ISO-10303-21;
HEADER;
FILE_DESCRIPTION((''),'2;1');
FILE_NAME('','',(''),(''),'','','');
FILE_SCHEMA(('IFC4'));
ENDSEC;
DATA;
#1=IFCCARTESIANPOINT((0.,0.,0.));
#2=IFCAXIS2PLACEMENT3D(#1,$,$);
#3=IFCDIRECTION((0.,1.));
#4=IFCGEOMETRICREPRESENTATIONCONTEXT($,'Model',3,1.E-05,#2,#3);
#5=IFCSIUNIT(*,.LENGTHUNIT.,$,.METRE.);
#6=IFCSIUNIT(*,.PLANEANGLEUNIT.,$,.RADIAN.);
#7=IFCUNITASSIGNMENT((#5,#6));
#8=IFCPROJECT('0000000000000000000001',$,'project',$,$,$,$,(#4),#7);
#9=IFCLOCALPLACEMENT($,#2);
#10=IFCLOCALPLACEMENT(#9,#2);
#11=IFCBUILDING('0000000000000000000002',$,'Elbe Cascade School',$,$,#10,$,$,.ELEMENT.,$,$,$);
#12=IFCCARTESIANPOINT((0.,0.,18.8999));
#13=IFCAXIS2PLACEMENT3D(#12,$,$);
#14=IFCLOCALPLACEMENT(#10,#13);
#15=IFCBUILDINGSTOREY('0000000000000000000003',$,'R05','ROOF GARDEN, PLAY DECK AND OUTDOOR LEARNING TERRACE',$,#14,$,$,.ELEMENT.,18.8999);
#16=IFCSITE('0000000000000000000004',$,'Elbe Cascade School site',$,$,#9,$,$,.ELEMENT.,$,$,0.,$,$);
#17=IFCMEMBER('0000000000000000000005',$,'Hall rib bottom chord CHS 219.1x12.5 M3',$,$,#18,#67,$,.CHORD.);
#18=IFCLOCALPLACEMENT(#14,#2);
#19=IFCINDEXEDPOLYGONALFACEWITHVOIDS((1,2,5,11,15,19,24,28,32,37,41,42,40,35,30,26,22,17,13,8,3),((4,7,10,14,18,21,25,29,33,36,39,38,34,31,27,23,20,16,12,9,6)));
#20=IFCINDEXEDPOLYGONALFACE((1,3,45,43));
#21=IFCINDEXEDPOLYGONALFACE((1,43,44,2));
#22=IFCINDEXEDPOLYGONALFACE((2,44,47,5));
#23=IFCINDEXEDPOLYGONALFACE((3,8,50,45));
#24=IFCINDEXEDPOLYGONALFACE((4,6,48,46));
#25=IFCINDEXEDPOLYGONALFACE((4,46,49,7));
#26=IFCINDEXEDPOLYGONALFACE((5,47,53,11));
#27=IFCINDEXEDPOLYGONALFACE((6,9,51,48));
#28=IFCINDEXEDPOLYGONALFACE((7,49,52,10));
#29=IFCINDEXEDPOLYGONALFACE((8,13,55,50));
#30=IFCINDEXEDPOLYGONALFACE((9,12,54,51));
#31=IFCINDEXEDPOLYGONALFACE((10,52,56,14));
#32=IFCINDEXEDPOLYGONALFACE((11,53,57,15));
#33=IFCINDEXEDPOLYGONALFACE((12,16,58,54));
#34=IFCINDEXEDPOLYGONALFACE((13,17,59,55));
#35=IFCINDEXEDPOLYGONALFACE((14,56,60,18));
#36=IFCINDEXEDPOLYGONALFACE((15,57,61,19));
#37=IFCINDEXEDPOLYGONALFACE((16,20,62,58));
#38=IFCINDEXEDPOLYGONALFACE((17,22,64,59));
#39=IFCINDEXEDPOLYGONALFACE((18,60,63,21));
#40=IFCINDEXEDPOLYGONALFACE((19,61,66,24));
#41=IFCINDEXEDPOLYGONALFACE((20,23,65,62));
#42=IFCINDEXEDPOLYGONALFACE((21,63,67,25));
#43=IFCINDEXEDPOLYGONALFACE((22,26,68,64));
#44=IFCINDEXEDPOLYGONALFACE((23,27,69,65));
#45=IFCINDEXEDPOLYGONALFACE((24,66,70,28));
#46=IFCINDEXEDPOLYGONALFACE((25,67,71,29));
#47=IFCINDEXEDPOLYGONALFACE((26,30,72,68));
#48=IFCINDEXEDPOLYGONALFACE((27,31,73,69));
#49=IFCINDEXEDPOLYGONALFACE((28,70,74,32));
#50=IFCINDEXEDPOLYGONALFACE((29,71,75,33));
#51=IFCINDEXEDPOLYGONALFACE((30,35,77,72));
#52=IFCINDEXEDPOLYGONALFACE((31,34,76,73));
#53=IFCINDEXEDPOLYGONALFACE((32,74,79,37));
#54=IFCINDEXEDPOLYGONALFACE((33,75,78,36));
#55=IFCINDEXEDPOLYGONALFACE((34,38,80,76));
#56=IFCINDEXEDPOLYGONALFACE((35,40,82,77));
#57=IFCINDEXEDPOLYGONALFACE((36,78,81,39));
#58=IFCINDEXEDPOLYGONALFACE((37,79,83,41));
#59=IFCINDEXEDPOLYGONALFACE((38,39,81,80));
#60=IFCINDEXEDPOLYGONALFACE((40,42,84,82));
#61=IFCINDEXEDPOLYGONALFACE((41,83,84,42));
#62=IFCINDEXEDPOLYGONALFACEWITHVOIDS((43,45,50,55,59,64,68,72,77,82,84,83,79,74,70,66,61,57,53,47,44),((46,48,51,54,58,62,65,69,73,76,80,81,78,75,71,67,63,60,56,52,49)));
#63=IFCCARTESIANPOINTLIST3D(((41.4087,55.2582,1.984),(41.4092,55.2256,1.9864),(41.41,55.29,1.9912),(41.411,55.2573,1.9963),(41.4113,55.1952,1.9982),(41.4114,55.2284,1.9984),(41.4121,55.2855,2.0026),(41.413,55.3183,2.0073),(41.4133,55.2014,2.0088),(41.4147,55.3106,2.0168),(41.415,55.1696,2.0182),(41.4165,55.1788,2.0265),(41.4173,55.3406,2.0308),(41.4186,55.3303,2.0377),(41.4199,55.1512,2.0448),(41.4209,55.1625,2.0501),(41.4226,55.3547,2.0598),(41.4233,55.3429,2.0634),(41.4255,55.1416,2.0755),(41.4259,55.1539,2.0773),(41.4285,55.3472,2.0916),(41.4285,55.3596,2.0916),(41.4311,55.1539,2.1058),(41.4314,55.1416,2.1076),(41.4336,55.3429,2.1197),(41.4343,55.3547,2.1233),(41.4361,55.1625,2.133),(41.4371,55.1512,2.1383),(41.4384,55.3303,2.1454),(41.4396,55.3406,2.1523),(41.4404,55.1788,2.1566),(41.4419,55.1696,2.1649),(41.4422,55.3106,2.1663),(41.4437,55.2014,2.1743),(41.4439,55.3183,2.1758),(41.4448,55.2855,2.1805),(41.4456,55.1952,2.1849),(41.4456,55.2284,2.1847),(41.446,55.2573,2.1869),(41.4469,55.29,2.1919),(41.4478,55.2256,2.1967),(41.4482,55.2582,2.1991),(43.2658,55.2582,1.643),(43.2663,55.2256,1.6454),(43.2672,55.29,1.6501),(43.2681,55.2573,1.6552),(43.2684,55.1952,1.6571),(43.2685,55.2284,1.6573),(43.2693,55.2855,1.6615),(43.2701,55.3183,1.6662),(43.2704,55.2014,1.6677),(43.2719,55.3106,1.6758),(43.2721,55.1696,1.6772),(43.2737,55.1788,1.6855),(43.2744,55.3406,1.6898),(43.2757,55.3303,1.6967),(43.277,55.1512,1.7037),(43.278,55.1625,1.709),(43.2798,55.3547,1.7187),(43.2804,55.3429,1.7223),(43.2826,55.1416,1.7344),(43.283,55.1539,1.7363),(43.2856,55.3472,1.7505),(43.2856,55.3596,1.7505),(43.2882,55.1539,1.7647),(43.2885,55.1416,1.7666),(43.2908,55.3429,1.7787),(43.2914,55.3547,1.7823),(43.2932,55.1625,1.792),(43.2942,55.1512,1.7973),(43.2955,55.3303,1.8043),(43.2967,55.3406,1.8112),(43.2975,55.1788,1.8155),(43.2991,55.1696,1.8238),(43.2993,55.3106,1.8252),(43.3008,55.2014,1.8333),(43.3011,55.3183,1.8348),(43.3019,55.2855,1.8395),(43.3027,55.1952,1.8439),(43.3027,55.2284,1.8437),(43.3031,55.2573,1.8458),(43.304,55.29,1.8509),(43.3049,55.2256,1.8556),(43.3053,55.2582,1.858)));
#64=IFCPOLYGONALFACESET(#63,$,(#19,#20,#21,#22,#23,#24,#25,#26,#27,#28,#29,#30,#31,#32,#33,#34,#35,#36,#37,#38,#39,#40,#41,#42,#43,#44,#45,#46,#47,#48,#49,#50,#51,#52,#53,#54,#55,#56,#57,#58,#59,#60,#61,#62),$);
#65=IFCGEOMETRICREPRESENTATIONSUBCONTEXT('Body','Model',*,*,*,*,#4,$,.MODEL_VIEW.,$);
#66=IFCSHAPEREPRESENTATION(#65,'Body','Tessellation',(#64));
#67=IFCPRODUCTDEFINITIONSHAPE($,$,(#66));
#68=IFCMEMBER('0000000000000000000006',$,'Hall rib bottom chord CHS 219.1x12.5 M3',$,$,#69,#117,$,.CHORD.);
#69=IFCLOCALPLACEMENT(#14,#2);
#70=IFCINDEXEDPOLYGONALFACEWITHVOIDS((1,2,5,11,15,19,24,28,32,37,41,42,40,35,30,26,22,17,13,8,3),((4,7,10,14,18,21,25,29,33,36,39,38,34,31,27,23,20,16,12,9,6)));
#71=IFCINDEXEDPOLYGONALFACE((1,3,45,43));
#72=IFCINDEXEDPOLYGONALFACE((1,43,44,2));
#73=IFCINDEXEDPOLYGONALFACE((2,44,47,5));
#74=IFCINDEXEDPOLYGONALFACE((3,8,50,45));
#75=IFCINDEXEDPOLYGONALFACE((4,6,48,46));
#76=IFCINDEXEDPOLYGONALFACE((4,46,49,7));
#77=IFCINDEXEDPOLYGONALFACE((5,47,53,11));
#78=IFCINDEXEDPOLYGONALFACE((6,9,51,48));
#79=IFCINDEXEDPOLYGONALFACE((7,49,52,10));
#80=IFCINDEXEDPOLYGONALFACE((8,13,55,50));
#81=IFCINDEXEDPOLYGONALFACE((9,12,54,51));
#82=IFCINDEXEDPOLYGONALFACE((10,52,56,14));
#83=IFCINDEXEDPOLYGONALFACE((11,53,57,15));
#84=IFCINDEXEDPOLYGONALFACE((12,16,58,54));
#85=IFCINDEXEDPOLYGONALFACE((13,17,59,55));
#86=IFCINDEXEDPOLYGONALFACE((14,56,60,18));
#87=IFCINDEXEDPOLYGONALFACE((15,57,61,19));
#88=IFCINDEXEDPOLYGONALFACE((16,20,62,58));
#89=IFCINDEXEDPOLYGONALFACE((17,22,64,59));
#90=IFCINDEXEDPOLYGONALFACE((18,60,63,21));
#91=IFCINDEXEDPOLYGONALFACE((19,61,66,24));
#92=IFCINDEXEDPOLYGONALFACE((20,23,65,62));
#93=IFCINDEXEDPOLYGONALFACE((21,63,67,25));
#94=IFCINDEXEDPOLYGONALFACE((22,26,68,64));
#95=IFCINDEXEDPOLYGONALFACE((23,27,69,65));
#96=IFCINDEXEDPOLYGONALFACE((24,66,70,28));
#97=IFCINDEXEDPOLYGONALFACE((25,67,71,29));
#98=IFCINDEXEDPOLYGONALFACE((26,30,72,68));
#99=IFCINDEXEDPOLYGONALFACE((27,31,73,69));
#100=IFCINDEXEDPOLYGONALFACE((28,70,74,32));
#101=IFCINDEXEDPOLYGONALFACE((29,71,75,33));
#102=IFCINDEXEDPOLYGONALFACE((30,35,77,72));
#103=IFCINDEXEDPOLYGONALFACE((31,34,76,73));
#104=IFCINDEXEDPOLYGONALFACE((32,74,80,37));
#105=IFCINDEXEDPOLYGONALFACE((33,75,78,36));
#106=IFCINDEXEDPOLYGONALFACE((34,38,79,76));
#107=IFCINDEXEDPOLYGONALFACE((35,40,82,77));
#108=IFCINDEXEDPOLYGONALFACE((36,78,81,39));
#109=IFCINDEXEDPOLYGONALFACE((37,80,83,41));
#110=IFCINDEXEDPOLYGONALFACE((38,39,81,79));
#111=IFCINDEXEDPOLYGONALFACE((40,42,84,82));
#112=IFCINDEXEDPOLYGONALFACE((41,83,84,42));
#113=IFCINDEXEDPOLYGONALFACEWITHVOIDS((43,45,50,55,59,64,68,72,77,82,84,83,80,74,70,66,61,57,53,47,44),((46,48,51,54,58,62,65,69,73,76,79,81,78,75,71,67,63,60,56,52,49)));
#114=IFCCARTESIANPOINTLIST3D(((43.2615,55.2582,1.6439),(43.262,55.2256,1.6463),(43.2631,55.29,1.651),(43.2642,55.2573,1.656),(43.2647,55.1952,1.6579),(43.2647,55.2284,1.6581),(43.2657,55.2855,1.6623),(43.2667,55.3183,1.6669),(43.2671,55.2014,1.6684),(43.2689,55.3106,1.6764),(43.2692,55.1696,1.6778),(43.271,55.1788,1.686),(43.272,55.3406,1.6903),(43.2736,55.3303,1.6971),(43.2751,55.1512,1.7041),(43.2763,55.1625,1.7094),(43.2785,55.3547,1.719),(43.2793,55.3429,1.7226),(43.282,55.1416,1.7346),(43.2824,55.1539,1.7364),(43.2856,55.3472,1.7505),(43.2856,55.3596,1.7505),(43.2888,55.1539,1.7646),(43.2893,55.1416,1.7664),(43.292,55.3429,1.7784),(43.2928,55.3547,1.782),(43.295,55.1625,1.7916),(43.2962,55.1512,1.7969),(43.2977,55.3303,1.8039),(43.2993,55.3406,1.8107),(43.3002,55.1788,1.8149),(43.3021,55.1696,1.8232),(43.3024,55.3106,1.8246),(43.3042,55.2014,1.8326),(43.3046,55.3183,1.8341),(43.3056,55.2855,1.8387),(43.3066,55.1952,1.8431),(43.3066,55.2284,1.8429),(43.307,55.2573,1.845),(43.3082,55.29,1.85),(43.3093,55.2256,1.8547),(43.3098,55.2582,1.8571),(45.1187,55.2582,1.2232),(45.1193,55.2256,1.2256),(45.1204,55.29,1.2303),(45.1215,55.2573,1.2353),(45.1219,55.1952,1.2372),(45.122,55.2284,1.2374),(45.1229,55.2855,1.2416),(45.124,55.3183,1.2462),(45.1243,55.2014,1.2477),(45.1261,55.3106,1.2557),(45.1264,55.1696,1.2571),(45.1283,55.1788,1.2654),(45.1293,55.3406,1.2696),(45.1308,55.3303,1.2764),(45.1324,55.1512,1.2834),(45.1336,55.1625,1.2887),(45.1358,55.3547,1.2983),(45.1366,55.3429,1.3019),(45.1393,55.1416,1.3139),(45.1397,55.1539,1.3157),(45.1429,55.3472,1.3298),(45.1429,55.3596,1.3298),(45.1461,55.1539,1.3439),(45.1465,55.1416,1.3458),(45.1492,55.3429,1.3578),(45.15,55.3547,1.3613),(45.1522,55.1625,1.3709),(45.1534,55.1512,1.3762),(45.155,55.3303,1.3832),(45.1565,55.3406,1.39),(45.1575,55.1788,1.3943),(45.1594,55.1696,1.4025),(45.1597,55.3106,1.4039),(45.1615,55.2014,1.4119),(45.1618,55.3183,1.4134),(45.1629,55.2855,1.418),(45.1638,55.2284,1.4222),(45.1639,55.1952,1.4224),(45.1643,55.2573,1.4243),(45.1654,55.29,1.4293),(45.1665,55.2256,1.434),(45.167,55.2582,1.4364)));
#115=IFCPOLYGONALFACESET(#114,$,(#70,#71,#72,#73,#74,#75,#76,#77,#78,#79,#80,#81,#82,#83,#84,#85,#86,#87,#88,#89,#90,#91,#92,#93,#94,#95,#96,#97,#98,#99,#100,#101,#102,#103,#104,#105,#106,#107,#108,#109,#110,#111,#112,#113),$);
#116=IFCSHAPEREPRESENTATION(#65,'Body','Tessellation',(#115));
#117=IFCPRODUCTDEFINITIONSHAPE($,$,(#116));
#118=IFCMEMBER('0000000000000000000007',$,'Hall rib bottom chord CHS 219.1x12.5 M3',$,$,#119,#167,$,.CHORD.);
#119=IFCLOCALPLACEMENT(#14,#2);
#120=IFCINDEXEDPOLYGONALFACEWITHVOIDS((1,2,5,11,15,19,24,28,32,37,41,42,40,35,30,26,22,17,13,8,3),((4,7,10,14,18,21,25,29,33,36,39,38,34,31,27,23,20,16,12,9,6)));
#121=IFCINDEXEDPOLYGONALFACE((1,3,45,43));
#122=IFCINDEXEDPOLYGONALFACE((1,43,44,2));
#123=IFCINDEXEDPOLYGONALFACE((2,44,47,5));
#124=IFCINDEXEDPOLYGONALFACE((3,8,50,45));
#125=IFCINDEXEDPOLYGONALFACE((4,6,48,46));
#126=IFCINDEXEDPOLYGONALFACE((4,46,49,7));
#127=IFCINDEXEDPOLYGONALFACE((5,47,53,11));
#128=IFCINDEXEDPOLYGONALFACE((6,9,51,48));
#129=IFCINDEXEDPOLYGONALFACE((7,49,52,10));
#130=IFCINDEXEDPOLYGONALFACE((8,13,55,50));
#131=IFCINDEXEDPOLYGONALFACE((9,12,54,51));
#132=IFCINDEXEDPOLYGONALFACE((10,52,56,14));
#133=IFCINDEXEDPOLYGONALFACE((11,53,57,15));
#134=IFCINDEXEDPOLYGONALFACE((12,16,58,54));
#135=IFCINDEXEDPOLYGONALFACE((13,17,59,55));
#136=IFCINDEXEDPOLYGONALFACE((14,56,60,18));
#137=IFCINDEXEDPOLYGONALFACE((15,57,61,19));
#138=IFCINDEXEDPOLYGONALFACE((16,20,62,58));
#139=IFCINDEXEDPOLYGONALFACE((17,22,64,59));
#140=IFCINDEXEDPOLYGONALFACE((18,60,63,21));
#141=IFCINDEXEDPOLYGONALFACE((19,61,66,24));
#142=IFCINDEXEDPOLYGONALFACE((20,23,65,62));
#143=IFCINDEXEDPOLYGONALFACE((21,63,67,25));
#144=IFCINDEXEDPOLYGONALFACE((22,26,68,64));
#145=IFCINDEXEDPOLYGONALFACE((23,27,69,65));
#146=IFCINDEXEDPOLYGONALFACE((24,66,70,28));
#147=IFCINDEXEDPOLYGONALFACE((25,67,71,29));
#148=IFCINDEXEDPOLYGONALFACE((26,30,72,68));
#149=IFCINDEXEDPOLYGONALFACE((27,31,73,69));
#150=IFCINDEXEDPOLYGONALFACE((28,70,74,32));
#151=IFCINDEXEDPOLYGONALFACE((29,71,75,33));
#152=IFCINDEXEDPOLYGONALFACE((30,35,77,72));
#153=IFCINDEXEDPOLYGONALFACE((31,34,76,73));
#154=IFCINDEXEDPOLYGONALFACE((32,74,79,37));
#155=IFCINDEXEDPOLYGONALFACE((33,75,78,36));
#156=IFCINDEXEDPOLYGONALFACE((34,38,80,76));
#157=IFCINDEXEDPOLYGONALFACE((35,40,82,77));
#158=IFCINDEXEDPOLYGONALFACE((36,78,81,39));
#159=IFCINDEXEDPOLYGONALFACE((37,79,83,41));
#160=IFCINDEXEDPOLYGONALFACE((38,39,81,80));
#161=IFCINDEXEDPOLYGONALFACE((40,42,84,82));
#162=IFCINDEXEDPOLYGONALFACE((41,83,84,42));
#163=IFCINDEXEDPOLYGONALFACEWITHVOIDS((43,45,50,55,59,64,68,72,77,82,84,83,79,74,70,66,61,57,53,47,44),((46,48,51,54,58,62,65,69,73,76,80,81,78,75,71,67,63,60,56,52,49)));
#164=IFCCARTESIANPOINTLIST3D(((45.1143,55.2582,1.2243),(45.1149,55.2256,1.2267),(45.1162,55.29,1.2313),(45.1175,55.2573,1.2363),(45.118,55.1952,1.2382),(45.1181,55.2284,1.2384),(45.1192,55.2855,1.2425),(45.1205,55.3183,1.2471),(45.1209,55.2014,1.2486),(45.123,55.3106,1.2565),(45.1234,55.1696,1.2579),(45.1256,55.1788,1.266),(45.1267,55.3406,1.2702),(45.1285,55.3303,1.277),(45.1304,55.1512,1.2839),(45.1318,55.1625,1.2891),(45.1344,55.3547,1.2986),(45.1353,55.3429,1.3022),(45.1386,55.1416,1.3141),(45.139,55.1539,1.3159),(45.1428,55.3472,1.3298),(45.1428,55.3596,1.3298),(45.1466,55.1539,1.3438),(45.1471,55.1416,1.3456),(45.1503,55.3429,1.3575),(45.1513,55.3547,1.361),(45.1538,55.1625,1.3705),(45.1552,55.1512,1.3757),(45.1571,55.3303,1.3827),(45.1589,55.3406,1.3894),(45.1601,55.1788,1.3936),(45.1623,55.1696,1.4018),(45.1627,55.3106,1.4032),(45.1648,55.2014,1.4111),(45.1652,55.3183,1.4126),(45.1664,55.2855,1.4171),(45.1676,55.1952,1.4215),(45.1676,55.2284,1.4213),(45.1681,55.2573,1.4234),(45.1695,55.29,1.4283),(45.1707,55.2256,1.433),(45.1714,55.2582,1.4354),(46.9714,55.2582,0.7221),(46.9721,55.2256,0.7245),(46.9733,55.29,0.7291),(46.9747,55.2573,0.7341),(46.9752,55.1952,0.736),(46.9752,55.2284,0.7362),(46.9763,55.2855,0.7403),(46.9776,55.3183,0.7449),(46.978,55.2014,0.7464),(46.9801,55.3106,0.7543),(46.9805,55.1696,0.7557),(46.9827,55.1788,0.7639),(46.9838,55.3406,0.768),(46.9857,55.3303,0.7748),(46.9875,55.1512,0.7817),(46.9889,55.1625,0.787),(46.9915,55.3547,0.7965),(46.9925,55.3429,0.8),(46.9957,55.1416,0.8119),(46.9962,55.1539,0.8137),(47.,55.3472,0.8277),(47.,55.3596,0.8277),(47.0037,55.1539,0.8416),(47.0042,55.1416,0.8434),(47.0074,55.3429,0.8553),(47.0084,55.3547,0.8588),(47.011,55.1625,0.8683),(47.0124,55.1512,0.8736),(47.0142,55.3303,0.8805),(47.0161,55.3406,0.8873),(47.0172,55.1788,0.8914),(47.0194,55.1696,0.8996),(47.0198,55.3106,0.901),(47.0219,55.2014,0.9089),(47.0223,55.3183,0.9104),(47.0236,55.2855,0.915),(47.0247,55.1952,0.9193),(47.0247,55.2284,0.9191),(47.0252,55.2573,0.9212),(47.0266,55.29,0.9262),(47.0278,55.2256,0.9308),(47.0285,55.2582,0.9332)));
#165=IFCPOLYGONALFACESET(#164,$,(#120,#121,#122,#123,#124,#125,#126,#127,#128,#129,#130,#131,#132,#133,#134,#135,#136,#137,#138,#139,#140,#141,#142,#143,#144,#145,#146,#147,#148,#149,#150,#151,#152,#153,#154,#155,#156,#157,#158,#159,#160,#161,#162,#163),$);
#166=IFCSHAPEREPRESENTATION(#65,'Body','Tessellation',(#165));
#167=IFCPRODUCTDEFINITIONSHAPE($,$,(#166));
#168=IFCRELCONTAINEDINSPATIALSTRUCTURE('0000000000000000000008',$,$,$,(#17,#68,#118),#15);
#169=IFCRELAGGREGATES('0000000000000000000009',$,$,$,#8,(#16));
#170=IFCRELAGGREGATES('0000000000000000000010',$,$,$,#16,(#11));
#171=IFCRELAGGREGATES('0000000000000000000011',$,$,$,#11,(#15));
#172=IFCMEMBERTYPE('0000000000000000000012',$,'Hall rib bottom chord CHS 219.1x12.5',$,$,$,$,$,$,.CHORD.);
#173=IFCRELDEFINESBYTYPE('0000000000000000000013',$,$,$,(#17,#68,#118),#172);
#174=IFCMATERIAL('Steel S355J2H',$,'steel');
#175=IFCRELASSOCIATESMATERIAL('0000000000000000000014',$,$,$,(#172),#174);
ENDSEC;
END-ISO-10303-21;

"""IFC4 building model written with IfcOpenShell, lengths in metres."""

from ifc_helpers import new_model, si_unit, direction, frame, origin, origin_2d, place, context, subcontext, project, spatial, hollow_circle, extrude, material, material_profile, profile_set, type_object, element, save


model = new_model("IFC4")

# Units and contexts
model_context = context("Model", 3, precision=1e-05, world=origin(), true_north=direction((0.0, 1.0)))
body_context = subcontext(model_context, "Body", "Model", "MODEL_VIEW")
ifc_project = project(units=[si_unit("LENGTHUNIT", "METRE"), si_unit("PLANEANGLEUNIT", "RADIAN")], contexts=[model_context])

# Site, building, storey
site_placement = place(None, origin())
site = spatial("IfcSite", under=ifc_project, at=site_placement, Name="Elbe Cascade School site", CompositionType="ELEMENT", RefElevation=0.0)
building_placement = place(site_placement, origin())
building = spatial("IfcBuilding", under=site, at=building_placement, Name="Elbe Cascade School", CompositionType="ELEMENT")
storey_placement = place(building_placement, frame((0.0, 0.0, 18.8999)))
storey = spatial("IfcBuildingStorey", under=building, at=storey_placement, Name="R05", Description="ROOF GARDEN, PLAY DECK AND OUTDOOR LEARNING TERRACE", CompositionType="ELEMENT", Elevation=18.8999)

# Members
ifc_material_1 = material(Name="Steel S355J2H", Category="steel")
ifc_material_profile_1 = material_profile(ifc_material_1, hollow_circle(Radius=0.1096, WallThickness=0.0125, at=origin_2d()), Name="CHS 219.1x12.5")
ifc_profile_set_1 = profile_set([ifc_material_profile_1], Name="Steel S355J2H")
member_type_1 = type_object("IfcMemberType", Name="Hall rib bottom chord CHS 219.1x12.5", PredefinedType="CHORD", material=ifc_profile_set_1)
member_1_placement = place(storey_placement, frame((41.4285, 55.25, 2.0916), z_axis=(0.983552, 0.0, -0.180626), x_axis=(0.0, 1.0, 0.0)))
element("IfcMember", 1, at=member_1_placement, inside=storey, type_object=member_type_1, Name="Hall rib bottom chord CHS 219.1x12.5 M3", PredefinedType="CHORD", context=body_context, shape_type="SweptSolid", body=[
    extrude(hollow_circle(Radius=0.1096, WallThickness=0.0125, at=origin_2d()), origin(), (0.0, 0.0, 1.0), 1.8882),
])
member_2_placement = place(storey_placement, frame((43.2856, 55.25, 1.7505), z_axis=(0.975295, 0.0, -0.220906), x_axis=(0.0, 1.0, 0.0)))
element("IfcMember", 2, at=member_2_placement, inside=storey, type_object=member_type_1, Name="Hall rib bottom chord CHS 219.1x12.5 M3", PredefinedType="CHORD", context=body_context, shape_type="SweptSolid", body=[
    extrude(hollow_circle(Radius=0.1096, WallThickness=0.0125, at=origin_2d()), origin(), (0.0, 0.0, 1.0), 1.9043),
])
member_3_placement = place(storey_placement, frame((45.1428, 55.25, 1.3298), z_axis=(0.96533, 0.0, -0.261034), x_axis=(0.0, 1.0, 0.0)))
element("IfcMember", 3, at=member_3_placement, inside=storey, type_object=member_type_1, Name="Hall rib bottom chord CHS 219.1x12.5 M3", PredefinedType="CHORD", context=body_context, shape_type="SweptSolid", body=[
    extrude(hollow_circle(Radius=0.1096, WallThickness=0.0125, at=origin_2d()), origin(), (0.0, 0.0, 1.0), 1.9238),
])

save(model, "model.ifc")
